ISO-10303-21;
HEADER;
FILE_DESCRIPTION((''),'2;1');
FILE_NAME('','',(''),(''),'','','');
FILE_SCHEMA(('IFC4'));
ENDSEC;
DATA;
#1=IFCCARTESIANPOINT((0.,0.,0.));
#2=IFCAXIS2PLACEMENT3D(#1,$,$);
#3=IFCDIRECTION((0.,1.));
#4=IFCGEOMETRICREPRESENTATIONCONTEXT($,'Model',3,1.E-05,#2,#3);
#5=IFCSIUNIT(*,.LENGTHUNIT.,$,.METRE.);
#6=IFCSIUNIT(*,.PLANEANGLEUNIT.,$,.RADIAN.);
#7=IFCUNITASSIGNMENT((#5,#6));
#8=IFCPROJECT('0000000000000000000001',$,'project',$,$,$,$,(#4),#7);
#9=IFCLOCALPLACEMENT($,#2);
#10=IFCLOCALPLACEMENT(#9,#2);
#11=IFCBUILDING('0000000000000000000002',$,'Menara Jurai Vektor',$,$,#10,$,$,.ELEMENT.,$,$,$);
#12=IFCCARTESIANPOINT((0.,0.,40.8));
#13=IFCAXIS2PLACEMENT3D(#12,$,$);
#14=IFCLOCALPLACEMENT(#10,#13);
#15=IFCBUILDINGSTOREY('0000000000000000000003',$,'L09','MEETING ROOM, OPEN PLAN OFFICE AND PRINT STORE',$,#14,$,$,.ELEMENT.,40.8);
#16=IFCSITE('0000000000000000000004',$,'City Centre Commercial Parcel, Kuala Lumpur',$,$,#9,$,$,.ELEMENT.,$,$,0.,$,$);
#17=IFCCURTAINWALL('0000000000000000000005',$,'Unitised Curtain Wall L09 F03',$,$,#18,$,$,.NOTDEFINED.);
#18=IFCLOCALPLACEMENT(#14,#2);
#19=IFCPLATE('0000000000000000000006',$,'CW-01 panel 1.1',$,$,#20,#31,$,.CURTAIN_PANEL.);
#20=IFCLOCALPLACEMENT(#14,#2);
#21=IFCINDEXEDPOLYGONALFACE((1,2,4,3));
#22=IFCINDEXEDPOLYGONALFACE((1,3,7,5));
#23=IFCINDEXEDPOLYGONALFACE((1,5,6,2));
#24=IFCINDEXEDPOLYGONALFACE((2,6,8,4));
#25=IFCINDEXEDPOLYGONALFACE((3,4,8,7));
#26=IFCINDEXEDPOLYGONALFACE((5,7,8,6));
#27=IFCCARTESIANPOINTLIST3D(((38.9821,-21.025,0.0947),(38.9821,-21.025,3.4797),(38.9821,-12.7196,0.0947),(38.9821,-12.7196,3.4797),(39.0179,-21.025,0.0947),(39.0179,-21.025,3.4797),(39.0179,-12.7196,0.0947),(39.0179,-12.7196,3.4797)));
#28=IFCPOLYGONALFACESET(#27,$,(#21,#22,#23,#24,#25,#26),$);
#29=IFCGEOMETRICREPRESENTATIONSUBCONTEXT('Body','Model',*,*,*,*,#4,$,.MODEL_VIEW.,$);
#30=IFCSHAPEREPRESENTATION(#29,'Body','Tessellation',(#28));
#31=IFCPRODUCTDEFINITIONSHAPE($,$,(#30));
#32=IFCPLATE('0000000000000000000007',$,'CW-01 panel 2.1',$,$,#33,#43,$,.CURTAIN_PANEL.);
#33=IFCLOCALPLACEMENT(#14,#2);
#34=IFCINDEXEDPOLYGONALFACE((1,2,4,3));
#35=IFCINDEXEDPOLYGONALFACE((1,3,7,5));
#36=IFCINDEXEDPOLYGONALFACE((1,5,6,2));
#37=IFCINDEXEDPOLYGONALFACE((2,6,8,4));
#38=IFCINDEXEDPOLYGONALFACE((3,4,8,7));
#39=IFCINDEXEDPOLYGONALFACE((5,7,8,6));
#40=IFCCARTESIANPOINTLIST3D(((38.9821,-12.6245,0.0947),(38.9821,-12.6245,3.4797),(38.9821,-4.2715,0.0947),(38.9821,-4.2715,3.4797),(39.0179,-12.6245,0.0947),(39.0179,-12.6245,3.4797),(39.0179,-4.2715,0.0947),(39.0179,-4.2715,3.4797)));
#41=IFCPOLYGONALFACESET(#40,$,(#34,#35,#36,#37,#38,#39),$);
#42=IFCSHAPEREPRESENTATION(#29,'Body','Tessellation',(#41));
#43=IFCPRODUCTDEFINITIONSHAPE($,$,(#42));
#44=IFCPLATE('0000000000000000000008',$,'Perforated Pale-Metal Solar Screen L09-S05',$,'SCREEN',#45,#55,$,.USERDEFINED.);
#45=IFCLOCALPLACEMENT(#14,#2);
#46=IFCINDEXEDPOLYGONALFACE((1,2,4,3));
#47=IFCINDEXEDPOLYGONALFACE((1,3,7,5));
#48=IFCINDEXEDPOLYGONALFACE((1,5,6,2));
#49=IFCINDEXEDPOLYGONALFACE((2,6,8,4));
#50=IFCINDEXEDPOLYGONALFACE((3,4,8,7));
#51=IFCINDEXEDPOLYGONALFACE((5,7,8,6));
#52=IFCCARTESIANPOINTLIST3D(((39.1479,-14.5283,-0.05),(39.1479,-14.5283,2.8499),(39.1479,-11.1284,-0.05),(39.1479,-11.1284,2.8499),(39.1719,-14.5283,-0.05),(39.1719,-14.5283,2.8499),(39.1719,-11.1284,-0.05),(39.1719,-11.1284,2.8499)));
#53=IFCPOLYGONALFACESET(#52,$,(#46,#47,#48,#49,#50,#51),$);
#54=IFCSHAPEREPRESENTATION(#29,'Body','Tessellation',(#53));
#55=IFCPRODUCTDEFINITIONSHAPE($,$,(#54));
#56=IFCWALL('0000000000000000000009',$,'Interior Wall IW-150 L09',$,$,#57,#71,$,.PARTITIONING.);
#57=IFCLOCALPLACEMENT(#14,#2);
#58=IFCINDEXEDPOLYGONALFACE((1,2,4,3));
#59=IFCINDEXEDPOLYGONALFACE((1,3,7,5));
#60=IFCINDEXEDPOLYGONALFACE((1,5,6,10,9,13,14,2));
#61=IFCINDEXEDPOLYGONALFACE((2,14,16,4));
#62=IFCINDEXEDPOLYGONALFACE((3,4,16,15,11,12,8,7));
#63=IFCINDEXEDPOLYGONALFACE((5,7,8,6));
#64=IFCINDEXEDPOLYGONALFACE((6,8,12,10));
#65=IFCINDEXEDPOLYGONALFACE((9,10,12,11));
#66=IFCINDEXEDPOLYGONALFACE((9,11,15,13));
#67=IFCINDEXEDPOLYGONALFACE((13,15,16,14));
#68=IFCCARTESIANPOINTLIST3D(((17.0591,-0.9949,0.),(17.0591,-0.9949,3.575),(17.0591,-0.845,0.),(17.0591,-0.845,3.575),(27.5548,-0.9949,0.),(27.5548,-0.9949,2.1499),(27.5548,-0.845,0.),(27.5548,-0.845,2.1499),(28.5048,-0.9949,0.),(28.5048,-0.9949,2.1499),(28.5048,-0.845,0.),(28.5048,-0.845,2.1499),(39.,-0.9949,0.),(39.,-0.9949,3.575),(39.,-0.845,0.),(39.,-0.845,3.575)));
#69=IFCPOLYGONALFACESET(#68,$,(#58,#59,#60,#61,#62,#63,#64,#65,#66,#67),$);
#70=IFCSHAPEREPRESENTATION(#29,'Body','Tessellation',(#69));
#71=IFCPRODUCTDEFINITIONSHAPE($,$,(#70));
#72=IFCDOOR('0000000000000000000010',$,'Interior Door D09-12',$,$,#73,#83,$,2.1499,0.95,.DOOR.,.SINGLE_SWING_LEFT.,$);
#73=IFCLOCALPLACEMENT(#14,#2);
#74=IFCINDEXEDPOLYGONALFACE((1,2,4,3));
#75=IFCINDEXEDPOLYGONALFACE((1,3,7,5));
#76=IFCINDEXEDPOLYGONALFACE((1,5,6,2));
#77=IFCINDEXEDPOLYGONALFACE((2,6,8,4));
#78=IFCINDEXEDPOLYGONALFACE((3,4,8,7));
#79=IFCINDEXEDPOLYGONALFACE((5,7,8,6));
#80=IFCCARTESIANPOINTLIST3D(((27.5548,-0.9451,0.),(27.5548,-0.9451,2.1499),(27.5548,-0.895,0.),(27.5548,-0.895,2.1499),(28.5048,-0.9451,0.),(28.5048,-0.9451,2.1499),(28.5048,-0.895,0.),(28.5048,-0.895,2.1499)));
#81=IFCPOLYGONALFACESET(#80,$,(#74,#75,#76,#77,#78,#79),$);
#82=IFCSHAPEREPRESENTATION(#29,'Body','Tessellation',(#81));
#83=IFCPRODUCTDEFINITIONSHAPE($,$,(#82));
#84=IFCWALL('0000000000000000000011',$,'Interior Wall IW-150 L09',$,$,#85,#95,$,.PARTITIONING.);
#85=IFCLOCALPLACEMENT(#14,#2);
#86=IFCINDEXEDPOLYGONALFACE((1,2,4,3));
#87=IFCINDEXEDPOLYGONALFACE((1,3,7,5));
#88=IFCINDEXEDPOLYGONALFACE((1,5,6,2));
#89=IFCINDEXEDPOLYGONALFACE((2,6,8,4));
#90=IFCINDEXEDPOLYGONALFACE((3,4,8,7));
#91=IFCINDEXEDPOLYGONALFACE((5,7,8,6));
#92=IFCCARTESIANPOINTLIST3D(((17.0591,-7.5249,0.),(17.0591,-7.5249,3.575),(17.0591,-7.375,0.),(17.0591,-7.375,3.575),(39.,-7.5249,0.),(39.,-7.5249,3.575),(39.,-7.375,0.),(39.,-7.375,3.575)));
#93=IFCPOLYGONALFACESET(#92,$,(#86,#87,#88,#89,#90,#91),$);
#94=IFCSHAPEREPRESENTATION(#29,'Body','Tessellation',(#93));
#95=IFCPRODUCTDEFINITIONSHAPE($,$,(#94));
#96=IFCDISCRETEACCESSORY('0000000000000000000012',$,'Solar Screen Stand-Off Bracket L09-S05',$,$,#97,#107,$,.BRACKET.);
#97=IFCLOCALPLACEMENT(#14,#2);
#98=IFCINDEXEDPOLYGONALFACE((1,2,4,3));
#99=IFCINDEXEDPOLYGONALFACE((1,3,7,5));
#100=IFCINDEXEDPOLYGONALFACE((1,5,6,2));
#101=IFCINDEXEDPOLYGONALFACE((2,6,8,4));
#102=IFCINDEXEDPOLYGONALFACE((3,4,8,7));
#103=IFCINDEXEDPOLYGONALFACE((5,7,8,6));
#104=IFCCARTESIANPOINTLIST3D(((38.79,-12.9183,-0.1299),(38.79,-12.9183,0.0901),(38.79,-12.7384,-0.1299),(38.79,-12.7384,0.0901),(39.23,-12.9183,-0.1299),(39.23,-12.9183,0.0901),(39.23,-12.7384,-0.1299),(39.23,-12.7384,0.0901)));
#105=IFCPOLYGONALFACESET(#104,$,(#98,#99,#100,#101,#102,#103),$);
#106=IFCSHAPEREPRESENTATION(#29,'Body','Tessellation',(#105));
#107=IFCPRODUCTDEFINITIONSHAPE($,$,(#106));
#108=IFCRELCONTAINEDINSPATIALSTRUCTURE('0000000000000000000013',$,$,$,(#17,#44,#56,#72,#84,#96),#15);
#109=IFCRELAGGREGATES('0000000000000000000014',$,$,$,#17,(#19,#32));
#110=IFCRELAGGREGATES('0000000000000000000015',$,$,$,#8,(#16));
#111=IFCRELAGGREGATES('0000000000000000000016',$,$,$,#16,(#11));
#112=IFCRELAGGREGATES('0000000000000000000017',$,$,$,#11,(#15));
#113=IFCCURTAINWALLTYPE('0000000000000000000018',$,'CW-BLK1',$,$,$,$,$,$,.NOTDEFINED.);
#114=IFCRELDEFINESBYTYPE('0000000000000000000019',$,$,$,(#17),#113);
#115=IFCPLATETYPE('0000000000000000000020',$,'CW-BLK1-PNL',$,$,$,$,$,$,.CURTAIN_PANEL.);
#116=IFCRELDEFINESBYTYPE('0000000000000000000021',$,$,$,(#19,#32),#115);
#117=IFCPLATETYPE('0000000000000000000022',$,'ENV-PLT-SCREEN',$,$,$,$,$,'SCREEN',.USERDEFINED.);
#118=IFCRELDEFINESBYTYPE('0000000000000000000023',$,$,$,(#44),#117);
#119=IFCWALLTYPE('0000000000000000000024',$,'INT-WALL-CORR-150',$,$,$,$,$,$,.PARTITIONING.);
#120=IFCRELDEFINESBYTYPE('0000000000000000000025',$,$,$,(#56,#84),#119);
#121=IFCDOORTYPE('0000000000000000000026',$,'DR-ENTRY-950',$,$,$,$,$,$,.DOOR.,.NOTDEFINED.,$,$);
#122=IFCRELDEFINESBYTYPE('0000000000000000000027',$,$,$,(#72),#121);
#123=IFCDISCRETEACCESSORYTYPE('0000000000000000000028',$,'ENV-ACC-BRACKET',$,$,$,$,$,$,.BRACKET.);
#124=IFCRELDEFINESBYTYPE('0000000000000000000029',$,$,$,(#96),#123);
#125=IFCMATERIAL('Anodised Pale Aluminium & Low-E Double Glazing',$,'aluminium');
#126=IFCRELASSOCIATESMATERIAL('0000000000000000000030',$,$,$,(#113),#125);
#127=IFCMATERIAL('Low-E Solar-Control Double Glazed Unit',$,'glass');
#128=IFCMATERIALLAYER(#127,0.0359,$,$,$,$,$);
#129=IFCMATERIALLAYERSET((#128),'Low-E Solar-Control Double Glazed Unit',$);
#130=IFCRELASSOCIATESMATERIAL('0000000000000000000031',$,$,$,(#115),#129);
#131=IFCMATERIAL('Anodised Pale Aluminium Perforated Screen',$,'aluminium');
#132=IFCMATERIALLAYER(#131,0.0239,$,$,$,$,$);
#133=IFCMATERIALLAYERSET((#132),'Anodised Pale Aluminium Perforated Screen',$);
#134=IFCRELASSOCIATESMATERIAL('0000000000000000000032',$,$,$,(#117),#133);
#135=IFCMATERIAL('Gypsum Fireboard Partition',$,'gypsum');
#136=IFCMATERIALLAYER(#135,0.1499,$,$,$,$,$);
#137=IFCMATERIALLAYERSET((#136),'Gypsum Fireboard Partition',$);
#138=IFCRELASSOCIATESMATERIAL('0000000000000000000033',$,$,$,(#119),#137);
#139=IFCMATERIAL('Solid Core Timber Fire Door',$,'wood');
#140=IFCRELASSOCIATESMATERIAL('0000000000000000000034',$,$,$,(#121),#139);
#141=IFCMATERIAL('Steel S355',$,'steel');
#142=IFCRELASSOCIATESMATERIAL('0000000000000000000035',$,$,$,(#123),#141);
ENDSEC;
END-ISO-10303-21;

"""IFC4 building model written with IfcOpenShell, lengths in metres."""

from ifc_helpers import new_model, si_unit, direction, frame, frame_2d, origin, origin_2d, place, context, subcontext, project, spatial, rectangle, extrude, material, layer, layer_set, type_object, element, fill, aggregate, save


model = new_model("IFC4")

# Units and contexts
model_context = context("Model", 3, precision=1e-05, world=origin(), true_north=direction((0.0, 1.0)))
body_context = subcontext(model_context, "Body", "Model", "MODEL_VIEW")
ifc_project = project(units=[si_unit("LENGTHUNIT", "METRE"), si_unit("PLANEANGLEUNIT", "RADIAN")], contexts=[model_context])

# Site, building, storey
site_placement = place(None, origin())
site = spatial("IfcSite", under=ifc_project, at=site_placement, Name="City Centre Commercial Parcel, Kuala Lumpur", CompositionType="ELEMENT", RefElevation=0.0)
building_placement = place(site_placement, origin())
building = spatial("IfcBuilding", under=site, at=building_placement, Name="Menara Jurai Vektor", CompositionType="ELEMENT")
storey_placement = place(building_placement, frame((0.0, 0.0, 40.8)))
storey = spatial("IfcBuildingStorey", under=building, at=storey_placement, Name="L09", Description="MEETING ROOM, OPEN PLAN OFFICE AND PRINT STORE", CompositionType="ELEMENT", Elevation=40.8)

# Curtain wall
ifc_material_1 = material(Name="Anodised Pale Aluminium & Low-E Double Glazing", Category="aluminium")
curtain_wall_type = type_object("IfcCurtainWallType", Name="CW-BLK1", PredefinedType="NOTDEFINED", material=ifc_material_1)
curtain_wall_placement = place(storey_placement, origin())
curtain_wall = element("IfcCurtainWall", 1, at=curtain_wall_placement, inside=storey, type_object=curtain_wall_type, Name="Unitised Curtain Wall L09 F03", PredefinedType="NOTDEFINED")

# Shared definitions
ifc_material_2 = material(Name="Steel S355", Category="steel")

# Plates
ifc_material_3 = material(Name="Low-E Solar-Control Double Glazed Unit", Category="glass")
ifc_layer_1 = layer(ifc_material_3, 0.0359)
ifc_layer_set_1 = layer_set([ifc_layer_1], Name="Low-E Solar-Control Double Glazed Unit")
plate_type_1 = type_object("IfcPlateType", Name="CW-BLK1-PNL", PredefinedType="CURTAIN_PANEL", material=ifc_layer_set_1)
plate_1_placement = place(storey_placement, frame((39.0, -16.8723, 0.0947), z_axis=(0.0, 0.0, 1.0), x_axis=(0.0, 1.0, 0.0)))
plate_1 = element("IfcPlate", 2, at=plate_1_placement, type_object=plate_type_1, Name="CW-01 panel 1.1", PredefinedType="CURTAIN_PANEL", context=body_context, shape_type="SweptSolid", body=[
    extrude(rectangle(XDim=8.3054, YDim=0.0359, at=origin_2d()), origin(), (0.0, 0.0, 1.0), 3.385),
])
plate_2_placement = place(storey_placement, frame((39.0, -8.448, 0.0947), z_axis=(0.0, 0.0, 1.0), x_axis=(0.0, 1.0, 0.0)))
plate_2 = element("IfcPlate", 3, at=plate_2_placement, type_object=plate_type_1, Name="CW-01 panel 2.1", PredefinedType="CURTAIN_PANEL", context=body_context, shape_type="SweptSolid", body=[
    extrude(rectangle(XDim=8.353, YDim=0.0359, at=origin_2d()), origin(), (0.0, 0.0, 1.0), 3.385),
])
aggregate(curtain_wall, [plate_1, plate_2])
ifc_material_4 = material(Name="Anodised Pale Aluminium Perforated Screen", Category="aluminium")
ifc_layer_2 = layer(ifc_material_4, 0.0239)
ifc_layer_set_2 = layer_set([ifc_layer_2], Name="Anodised Pale Aluminium Perforated Screen")
plate_type_2 = type_object("IfcPlateType", Name="ENV-PLT-SCREEN", ElementType="SCREEN", PredefinedType="USERDEFINED", material=ifc_layer_set_2)
plate_3_placement = place(storey_placement, frame((39.1599, -12.8284, -0.05), z_axis=(0.0, 0.0, 1.0), x_axis=(0.0, 1.0, 0.0)))
element("IfcPlate", 4, at=plate_3_placement, inside=storey, type_object=plate_type_2, Name="Perforated Pale-Metal Solar Screen L09-S05", ObjectType="SCREEN", PredefinedType="USERDEFINED", context=body_context, shape_type="SweptSolid", body=[
    extrude(rectangle(XDim=3.3999, YDim=0.0239, at=origin_2d()), origin(), (0.0, 0.0, 1.0), 2.8999),
])

# Wall, opening, door
ifc_material_5 = material(Name="Gypsum Fireboard Partition", Category="gypsum")
ifc_layer_3 = layer(ifc_material_5, 0.1499)
ifc_layer_set_3 = layer_set([ifc_layer_3], Name="Gypsum Fireboard Partition")
wall_type = type_object("IfcWallType", Name="INT-WALL-CORR-150", PredefinedType="PARTITIONING", material=ifc_layer_set_3)
wall_1_placement = place(storey_placement, frame((17.0591, -0.9199, 0.0), z_axis=(0.0, 0.0, 1.0), x_axis=(1.0, 0.0, 0.0)))
wall_1 = element("IfcWall", 5, at=wall_1_placement, inside=storey, type_object=wall_type, Name="Interior Wall IW-150 L09", PredefinedType="PARTITIONING", context=body_context, shape_type="SweptSolid", body=[
    extrude(rectangle(XDim=21.9409, YDim=0.1499, at=frame_2d((10.9705, 0.0))), origin(), (0.0, 0.0, 1.0), 3.575),
])
opening_placement = place(wall_1_placement, frame((10.4956, 0.0, 0.0)))
opening = element("IfcOpeningElement", 6, at=opening_placement, cuts=wall_1, PredefinedType="OPENING", context=body_context, shape_type="SweptSolid", body=[
    extrude(rectangle(XDim=0.95, YDim=2.1499, at=frame_2d((0.4751, 1.075))), frame((0.0, 0.085, 0.0), z_axis=(0.0, -1.0, 0.0), x_axis=(1.0, 0.0, 0.0)), (0.0, 0.0, 1.0), 0.1699),
])
ifc_material_6 = material(Name="Solid Core Timber Fire Door", Category="wood")
door_type = type_object("IfcDoorType", Name="DR-ENTRY-950", OperationType="NOTDEFINED", PredefinedType="DOOR", material=ifc_material_6)
door_placement = place(opening_placement, origin())
door = element("IfcDoor", 7, at=door_placement, inside=storey, type_object=door_type, Name="Interior Door D09-12", OperationType="SINGLE_SWING_LEFT", OverallHeight=2.1499, OverallWidth=0.95, PredefinedType="DOOR", context=body_context, shape_type="SweptSolid", body=[
    extrude(rectangle(XDim=0.95, YDim=2.1499, at=frame_2d((0.4751, 1.075))), frame((0.0, 0.0249, 0.0), z_axis=(0.0, -1.0, 0.0), x_axis=(1.0, 0.0, 0.0)), (0.0, 0.0, 1.0), 0.05),
])
fill(opening, door)

# Wall
wall_2_placement = place(storey_placement, frame((17.0591, -7.45, 0.0), z_axis=(0.0, 0.0, 1.0), x_axis=(1.0, 0.0, 0.0)))
element("IfcWall", 8, at=wall_2_placement, inside=storey, type_object=wall_type, Name="Interior Wall IW-150 L09", PredefinedType="PARTITIONING", context=body_context, shape_type="SweptSolid", body=[
    extrude(rectangle(XDim=21.9409, YDim=0.1499, at=frame_2d((10.9705, 0.0))), origin(), (0.0, 0.0, 1.0), 3.575),
])

# Discrete accessory
discrete_accessory_type = type_object("IfcDiscreteAccessoryType", Name="ENV-ACC-BRACKET", PredefinedType="BRACKET", material=ifc_material_2)
discrete_accessory_placement = place(storey_placement, frame((39.01, -12.8284, -0.1299), z_axis=(0.0, 0.0, 1.0), x_axis=(0.0, 1.0, 0.0)))
element("IfcDiscreteAccessory", 9, at=discrete_accessory_placement, inside=storey, type_object=discrete_accessory_type, Name="Solar Screen Stand-Off Bracket L09-S05", PredefinedType="BRACKET", context=body_context, shape_type="SweptSolid", body=[
    extrude(rectangle(XDim=0.1799, YDim=0.4399, at=origin_2d()), origin(), (0.0, 0.0, 1.0), 0.22),
])

save(model, "model.ifc")
